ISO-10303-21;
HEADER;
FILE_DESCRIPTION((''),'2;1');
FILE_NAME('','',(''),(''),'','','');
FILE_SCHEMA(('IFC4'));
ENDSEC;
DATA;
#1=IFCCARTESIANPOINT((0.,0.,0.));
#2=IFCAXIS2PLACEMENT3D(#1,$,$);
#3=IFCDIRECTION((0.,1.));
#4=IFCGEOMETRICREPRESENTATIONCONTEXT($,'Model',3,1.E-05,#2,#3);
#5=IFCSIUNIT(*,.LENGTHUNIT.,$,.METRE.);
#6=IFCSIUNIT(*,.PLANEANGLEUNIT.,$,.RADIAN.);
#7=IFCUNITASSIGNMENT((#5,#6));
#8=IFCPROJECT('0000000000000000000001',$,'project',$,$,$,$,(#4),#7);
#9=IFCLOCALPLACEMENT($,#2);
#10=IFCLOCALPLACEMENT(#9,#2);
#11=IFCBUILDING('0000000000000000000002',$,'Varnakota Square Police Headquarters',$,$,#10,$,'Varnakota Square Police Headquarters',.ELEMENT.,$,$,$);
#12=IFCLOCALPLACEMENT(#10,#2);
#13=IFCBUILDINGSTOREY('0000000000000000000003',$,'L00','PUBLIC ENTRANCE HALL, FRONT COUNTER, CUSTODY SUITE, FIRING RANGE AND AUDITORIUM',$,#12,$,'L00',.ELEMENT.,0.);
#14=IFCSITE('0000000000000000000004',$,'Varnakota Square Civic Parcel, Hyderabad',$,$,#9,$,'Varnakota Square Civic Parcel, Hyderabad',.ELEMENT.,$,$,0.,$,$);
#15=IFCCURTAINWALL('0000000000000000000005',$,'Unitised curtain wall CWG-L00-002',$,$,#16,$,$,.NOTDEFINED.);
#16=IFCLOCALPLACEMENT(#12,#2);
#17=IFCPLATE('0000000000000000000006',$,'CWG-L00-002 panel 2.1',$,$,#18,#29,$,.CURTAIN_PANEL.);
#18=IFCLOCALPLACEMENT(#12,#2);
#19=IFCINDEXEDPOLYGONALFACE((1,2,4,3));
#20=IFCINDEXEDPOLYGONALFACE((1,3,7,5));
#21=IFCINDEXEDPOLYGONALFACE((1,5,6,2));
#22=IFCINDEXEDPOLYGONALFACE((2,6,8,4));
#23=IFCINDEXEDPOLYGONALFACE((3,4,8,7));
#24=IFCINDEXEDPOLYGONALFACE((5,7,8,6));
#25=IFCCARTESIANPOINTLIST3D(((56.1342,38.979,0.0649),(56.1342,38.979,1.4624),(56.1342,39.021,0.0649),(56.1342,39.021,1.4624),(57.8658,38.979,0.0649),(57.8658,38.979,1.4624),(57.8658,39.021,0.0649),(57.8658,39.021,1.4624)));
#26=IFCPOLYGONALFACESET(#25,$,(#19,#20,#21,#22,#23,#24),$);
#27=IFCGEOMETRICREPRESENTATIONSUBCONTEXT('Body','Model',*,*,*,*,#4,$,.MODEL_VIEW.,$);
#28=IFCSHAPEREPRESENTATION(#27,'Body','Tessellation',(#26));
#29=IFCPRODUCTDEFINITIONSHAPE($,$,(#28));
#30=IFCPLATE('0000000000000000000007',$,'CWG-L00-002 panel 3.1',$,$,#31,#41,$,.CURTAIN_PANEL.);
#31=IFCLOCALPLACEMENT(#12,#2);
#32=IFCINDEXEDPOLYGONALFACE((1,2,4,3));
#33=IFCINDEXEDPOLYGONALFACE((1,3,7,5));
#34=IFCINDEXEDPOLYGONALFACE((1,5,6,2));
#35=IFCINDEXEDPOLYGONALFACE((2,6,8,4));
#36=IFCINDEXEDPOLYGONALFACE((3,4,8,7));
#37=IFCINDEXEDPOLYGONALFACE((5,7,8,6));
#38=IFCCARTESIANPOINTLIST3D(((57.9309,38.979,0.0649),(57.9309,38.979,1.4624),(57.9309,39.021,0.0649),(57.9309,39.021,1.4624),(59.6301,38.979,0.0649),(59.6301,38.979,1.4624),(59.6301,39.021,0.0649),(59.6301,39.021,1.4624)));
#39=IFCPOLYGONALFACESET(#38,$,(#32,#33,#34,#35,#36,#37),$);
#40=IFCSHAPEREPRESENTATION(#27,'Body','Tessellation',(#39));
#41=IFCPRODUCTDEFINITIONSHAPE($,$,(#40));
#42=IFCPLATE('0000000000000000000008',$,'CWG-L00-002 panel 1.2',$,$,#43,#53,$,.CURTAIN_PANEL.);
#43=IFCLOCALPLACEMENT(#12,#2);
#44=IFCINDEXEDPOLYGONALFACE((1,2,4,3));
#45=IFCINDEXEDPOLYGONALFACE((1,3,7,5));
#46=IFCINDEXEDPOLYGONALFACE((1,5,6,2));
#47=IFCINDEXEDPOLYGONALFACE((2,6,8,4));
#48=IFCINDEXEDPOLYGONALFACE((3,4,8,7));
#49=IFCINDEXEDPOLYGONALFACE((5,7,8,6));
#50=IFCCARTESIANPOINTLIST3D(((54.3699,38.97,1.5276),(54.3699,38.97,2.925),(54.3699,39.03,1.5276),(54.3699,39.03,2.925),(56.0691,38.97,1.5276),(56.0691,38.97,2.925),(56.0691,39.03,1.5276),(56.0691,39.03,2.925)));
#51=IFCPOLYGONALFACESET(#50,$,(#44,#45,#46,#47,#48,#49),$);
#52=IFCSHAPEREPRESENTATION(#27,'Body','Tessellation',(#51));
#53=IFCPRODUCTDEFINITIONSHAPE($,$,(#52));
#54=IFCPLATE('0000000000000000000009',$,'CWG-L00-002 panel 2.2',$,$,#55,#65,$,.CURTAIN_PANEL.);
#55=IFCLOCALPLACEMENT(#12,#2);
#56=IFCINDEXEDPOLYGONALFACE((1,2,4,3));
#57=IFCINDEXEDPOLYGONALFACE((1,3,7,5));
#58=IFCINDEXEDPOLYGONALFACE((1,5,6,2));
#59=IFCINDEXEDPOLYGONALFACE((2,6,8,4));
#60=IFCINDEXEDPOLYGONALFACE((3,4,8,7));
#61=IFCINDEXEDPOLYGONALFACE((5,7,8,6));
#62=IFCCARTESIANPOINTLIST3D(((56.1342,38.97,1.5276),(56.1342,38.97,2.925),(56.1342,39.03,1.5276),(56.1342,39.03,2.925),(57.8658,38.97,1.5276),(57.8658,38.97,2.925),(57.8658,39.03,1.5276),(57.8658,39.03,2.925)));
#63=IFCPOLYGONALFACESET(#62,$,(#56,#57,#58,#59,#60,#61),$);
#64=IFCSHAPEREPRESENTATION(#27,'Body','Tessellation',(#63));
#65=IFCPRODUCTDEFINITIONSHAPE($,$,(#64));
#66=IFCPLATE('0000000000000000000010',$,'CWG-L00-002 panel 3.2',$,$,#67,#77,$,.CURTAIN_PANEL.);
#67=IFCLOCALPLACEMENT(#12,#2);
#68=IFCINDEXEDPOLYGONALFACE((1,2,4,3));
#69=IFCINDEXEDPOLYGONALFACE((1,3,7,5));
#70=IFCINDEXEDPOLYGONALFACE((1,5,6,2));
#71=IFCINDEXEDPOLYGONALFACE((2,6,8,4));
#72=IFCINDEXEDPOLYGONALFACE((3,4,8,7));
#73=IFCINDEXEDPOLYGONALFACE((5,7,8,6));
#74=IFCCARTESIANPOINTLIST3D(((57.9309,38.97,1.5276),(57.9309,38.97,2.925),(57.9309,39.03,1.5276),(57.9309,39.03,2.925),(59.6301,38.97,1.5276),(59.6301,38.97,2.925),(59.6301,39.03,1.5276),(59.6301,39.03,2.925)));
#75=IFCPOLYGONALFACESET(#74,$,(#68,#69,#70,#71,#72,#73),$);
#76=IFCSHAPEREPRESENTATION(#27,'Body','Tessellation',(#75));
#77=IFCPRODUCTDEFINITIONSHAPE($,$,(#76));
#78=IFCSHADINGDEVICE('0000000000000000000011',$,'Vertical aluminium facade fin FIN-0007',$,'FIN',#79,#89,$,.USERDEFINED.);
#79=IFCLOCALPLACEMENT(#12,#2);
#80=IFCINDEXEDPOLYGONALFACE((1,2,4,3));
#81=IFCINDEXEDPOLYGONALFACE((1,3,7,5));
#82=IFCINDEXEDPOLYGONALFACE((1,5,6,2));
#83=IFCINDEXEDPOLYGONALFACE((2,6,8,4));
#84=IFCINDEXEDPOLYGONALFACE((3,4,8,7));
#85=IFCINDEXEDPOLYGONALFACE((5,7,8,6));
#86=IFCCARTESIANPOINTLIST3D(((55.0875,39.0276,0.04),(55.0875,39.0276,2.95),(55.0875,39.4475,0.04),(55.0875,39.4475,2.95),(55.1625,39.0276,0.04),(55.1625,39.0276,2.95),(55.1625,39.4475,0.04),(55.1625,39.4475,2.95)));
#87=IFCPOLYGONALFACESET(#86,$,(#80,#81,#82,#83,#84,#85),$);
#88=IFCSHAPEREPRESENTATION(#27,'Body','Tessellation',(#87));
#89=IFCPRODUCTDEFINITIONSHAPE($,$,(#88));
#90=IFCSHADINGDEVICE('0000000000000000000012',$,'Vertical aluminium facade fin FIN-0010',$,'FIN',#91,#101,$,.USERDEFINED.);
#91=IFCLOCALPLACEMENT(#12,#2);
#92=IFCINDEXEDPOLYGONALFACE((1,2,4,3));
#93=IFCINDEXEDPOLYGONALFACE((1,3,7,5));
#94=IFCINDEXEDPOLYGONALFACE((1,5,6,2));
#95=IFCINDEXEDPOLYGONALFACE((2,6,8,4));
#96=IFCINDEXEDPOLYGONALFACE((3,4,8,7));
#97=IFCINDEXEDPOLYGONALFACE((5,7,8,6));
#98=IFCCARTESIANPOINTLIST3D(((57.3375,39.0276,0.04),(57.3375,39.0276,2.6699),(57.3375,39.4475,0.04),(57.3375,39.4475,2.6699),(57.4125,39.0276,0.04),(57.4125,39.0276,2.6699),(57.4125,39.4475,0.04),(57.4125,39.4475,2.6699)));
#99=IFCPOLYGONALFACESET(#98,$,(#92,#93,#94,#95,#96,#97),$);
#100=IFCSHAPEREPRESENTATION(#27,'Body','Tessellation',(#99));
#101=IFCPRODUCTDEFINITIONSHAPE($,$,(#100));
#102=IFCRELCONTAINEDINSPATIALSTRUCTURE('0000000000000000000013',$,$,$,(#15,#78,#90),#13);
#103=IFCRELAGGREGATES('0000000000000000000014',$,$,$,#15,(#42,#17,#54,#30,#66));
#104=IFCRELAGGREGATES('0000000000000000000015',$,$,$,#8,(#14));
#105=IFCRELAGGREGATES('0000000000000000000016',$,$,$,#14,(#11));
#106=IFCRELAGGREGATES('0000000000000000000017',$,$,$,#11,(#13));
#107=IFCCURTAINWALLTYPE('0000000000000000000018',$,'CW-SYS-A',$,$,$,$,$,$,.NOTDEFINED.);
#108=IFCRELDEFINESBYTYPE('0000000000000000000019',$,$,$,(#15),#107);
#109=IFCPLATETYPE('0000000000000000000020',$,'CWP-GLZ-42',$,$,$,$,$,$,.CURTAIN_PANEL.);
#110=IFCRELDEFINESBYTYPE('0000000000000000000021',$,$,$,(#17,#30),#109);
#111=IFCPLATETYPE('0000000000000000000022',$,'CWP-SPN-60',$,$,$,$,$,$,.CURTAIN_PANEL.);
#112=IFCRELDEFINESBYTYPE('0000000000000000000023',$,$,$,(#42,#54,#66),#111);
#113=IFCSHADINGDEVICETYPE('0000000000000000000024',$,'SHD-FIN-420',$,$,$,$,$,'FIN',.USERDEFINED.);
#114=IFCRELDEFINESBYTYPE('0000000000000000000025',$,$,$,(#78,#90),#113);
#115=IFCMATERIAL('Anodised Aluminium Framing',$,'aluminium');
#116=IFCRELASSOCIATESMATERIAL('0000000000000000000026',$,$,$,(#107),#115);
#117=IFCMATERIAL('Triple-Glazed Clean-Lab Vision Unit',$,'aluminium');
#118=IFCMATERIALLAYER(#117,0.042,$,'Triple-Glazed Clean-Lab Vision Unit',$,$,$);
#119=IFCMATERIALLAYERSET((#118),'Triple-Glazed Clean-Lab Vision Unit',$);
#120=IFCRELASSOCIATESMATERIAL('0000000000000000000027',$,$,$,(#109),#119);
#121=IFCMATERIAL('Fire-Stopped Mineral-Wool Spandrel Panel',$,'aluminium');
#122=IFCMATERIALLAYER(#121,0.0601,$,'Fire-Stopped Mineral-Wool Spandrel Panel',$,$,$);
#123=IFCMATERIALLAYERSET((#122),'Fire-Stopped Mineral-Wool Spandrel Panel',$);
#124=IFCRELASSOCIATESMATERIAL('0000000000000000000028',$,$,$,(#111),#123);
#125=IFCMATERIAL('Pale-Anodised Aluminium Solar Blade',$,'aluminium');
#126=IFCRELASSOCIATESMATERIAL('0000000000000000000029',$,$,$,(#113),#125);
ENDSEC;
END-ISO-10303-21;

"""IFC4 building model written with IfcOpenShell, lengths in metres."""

from ifc_helpers import new_model, si_unit, direction, frame, origin, origin_2d, place, context, subcontext, project, spatial, rectangle, extrude, material, layer, layer_set, type_object, element, aggregate, save


model = new_model("IFC4")

# Units and contexts
model_context = context("Model", 3, precision=1e-05, world=origin(), true_north=direction((0.0, 1.0)))
body_context = subcontext(model_context, "Body", "Model", "MODEL_VIEW")
ifc_project = project(units=[si_unit("LENGTHUNIT", "METRE"), si_unit("PLANEANGLEUNIT", "RADIAN")], contexts=[model_context])

# Site, building, storey
site_placement = place(None, origin())
site = spatial("IfcSite", under=ifc_project, at=site_placement, Name="Varnakota Square Civic Parcel, Hyderabad", LongName="Varnakota Square Civic Parcel, Hyderabad", CompositionType="ELEMENT", RefElevation=0.0)
building_placement = place(site_placement, origin())
building = spatial("IfcBuilding", under=site, at=building_placement, Name="Varnakota Square Police Headquarters", LongName="Varnakota Square Police Headquarters", CompositionType="ELEMENT")
storey_placement = place(building_placement, origin())
storey = spatial("IfcBuildingStorey", under=building, at=storey_placement, Name="L00", Description="PUBLIC ENTRANCE HALL, FRONT COUNTER, CUSTODY SUITE, FIRING RANGE AND AUDITORIUM", LongName="L00", CompositionType="ELEMENT", Elevation=0.0)

# Curtain wall, plates
ifc_material_1 = material(Name="Anodised Aluminium Framing", Category="aluminium")
curtain_wall_type = type_object("IfcCurtainWallType", Name="CW-SYS-A", PredefinedType="NOTDEFINED", material=ifc_material_1)
curtain_wall_placement = place(storey_placement, origin())
curtain_wall = element("IfcCurtainWall", 1, at=curtain_wall_placement, inside=storey, type_object=curtain_wall_type, Name="Unitised curtain wall CWG-L00-002", PredefinedType="NOTDEFINED")
ifc_material_2 = material(Name="Triple-Glazed Clean-Lab Vision Unit", Category="aluminium")
ifc_layer_1 = layer(ifc_material_2, 0.042, Name="Triple-Glazed Clean-Lab Vision Unit")
ifc_layer_set_1 = layer_set([ifc_layer_1], Name="Triple-Glazed Clean-Lab Vision Unit")
plate_type_1 = type_object("IfcPlateType", Name="CWP-GLZ-42", PredefinedType="CURTAIN_PANEL", material=ifc_layer_set_1)
plate_1_placement = place(storey_placement, frame((57.0, 39.0, 0.0649), z_axis=(0.0, 0.0, 1.0), x_axis=(1.0, 0.0, 0.0)))
plate_1 = element("IfcPlate", 2, at=plate_1_placement, type_object=plate_type_1, Name="CWG-L00-002 panel 2.1", PredefinedType="CURTAIN_PANEL", context=body_context, shape_type="SweptSolid", body=[
    extrude(rectangle(XDim=1.7317, YDim=0.042, at=origin_2d()), origin(), (0.0, 0.0, 1.0), 1.3975),
])
plate_2_placement = place(storey_placement, frame((58.7805, 39.0, 0.0649), z_axis=(0.0, 0.0, 1.0), x_axis=(1.0, 0.0, 0.0)))
plate_2 = element("IfcPlate", 3, at=plate_2_placement, type_object=plate_type_1, Name="CWG-L00-002 panel 3.1", PredefinedType="CURTAIN_PANEL", context=body_context, shape_type="SweptSolid", body=[
    extrude(rectangle(XDim=1.6992, YDim=0.042, at=origin_2d()), origin(), (0.0, 0.0, 1.0), 1.3975),
])
ifc_material_3 = material(Name="Fire-Stopped Mineral-Wool Spandrel Panel", Category="aluminium")
ifc_layer_2 = layer(ifc_material_3, 0.0601, Name="Fire-Stopped Mineral-Wool Spandrel Panel")
ifc_layer_set_2 = layer_set([ifc_layer_2], Name="Fire-Stopped Mineral-Wool Spandrel Panel")
plate_type_2 = type_object("IfcPlateType", Name="CWP-SPN-60", PredefinedType="CURTAIN_PANEL", material=ifc_layer_set_2)
plate_3_placement = place(storey_placement, frame((55.2195, 39.0, 1.5276), z_axis=(0.0, 0.0, 1.0), x_axis=(1.0, 0.0, 0.0)))
plate_3 = element("IfcPlate", 4, at=plate_3_placement, type_object=plate_type_2, Name="CWG-L00-002 panel 1.2", PredefinedType="CURTAIN_PANEL", context=body_context, shape_type="SweptSolid", body=[
    extrude(rectangle(XDim=1.6992, YDim=0.0601, at=origin_2d()), origin(), (0.0, 0.0, 1.0), 1.3975),
])
plate_4_placement = place(storey_placement, frame((57.0, 39.0, 1.5276), z_axis=(0.0, 0.0, 1.0), x_axis=(1.0, 0.0, 0.0)))
plate_4 = element("IfcPlate", 5, at=plate_4_placement, type_object=plate_type_2, Name="CWG-L00-002 panel 2.2", PredefinedType="CURTAIN_PANEL", context=body_context, shape_type="SweptSolid", body=[
    extrude(rectangle(XDim=1.7317, YDim=0.0601, at=origin_2d()), origin(), (0.0, 0.0, 1.0), 1.3975),
])
plate_5_placement = place(storey_placement, frame((58.7805, 39.0, 1.5276), z_axis=(0.0, 0.0, 1.0), x_axis=(1.0, 0.0, 0.0)))
plate_5 = element("IfcPlate", 6, at=plate_5_placement, type_object=plate_type_2, Name="CWG-L00-002 panel 3.2", PredefinedType="CURTAIN_PANEL", context=body_context, shape_type="SweptSolid", body=[
    extrude(rectangle(XDim=1.6992, YDim=0.0601, at=origin_2d()), origin(), (0.0, 0.0, 1.0), 1.3975),
])
aggregate(curtain_wall, [plate_3, plate_1, plate_4, plate_2, plate_5])

# Shading devices
ifc_material_4 = material(Name="Pale-Anodised Aluminium Solar Blade", Category="aluminium")
shading_device_type = type_object("IfcShadingDeviceType", Name="SHD-FIN-420", ElementType="FIN", PredefinedType="USERDEFINED", material=ifc_material_4)
shading_device_1_placement = place(storey_placement, frame((55.125, 39.2375, 0.04), z_axis=(0.0, 0.0, 1.0), x_axis=(1.0, 0.0, 0.0)))
element("IfcShadingDevice", 7, at=shading_device_1_placement, inside=storey, type_object=shading_device_type, Name="Vertical aluminium facade fin FIN-0007", ObjectType="FIN", PredefinedType="USERDEFINED", context=body_context, shape_type="SweptSolid", body=[
    extrude(rectangle(XDim=0.075, YDim=0.4199, at=origin_2d()), origin(), (0.0, 0.0, 1.0), 2.9099),
])
shading_device_2_placement = place(storey_placement, frame((57.375, 39.2375, 0.04), z_axis=(0.0, 0.0, 1.0), x_axis=(1.0, 0.0, 0.0)))
element("IfcShadingDevice", 8, at=shading_device_2_placement, inside=storey, type_object=shading_device_type, Name="Vertical aluminium facade fin FIN-0010", ObjectType="FIN", PredefinedType="USERDEFINED", context=body_context, shape_type="SweptSolid", body=[
    extrude(rectangle(XDim=0.075, YDim=0.4199, at=origin_2d()), origin(), (0.0, 0.0, 1.0), 2.6299),
])

save(model, "model.ifc")
